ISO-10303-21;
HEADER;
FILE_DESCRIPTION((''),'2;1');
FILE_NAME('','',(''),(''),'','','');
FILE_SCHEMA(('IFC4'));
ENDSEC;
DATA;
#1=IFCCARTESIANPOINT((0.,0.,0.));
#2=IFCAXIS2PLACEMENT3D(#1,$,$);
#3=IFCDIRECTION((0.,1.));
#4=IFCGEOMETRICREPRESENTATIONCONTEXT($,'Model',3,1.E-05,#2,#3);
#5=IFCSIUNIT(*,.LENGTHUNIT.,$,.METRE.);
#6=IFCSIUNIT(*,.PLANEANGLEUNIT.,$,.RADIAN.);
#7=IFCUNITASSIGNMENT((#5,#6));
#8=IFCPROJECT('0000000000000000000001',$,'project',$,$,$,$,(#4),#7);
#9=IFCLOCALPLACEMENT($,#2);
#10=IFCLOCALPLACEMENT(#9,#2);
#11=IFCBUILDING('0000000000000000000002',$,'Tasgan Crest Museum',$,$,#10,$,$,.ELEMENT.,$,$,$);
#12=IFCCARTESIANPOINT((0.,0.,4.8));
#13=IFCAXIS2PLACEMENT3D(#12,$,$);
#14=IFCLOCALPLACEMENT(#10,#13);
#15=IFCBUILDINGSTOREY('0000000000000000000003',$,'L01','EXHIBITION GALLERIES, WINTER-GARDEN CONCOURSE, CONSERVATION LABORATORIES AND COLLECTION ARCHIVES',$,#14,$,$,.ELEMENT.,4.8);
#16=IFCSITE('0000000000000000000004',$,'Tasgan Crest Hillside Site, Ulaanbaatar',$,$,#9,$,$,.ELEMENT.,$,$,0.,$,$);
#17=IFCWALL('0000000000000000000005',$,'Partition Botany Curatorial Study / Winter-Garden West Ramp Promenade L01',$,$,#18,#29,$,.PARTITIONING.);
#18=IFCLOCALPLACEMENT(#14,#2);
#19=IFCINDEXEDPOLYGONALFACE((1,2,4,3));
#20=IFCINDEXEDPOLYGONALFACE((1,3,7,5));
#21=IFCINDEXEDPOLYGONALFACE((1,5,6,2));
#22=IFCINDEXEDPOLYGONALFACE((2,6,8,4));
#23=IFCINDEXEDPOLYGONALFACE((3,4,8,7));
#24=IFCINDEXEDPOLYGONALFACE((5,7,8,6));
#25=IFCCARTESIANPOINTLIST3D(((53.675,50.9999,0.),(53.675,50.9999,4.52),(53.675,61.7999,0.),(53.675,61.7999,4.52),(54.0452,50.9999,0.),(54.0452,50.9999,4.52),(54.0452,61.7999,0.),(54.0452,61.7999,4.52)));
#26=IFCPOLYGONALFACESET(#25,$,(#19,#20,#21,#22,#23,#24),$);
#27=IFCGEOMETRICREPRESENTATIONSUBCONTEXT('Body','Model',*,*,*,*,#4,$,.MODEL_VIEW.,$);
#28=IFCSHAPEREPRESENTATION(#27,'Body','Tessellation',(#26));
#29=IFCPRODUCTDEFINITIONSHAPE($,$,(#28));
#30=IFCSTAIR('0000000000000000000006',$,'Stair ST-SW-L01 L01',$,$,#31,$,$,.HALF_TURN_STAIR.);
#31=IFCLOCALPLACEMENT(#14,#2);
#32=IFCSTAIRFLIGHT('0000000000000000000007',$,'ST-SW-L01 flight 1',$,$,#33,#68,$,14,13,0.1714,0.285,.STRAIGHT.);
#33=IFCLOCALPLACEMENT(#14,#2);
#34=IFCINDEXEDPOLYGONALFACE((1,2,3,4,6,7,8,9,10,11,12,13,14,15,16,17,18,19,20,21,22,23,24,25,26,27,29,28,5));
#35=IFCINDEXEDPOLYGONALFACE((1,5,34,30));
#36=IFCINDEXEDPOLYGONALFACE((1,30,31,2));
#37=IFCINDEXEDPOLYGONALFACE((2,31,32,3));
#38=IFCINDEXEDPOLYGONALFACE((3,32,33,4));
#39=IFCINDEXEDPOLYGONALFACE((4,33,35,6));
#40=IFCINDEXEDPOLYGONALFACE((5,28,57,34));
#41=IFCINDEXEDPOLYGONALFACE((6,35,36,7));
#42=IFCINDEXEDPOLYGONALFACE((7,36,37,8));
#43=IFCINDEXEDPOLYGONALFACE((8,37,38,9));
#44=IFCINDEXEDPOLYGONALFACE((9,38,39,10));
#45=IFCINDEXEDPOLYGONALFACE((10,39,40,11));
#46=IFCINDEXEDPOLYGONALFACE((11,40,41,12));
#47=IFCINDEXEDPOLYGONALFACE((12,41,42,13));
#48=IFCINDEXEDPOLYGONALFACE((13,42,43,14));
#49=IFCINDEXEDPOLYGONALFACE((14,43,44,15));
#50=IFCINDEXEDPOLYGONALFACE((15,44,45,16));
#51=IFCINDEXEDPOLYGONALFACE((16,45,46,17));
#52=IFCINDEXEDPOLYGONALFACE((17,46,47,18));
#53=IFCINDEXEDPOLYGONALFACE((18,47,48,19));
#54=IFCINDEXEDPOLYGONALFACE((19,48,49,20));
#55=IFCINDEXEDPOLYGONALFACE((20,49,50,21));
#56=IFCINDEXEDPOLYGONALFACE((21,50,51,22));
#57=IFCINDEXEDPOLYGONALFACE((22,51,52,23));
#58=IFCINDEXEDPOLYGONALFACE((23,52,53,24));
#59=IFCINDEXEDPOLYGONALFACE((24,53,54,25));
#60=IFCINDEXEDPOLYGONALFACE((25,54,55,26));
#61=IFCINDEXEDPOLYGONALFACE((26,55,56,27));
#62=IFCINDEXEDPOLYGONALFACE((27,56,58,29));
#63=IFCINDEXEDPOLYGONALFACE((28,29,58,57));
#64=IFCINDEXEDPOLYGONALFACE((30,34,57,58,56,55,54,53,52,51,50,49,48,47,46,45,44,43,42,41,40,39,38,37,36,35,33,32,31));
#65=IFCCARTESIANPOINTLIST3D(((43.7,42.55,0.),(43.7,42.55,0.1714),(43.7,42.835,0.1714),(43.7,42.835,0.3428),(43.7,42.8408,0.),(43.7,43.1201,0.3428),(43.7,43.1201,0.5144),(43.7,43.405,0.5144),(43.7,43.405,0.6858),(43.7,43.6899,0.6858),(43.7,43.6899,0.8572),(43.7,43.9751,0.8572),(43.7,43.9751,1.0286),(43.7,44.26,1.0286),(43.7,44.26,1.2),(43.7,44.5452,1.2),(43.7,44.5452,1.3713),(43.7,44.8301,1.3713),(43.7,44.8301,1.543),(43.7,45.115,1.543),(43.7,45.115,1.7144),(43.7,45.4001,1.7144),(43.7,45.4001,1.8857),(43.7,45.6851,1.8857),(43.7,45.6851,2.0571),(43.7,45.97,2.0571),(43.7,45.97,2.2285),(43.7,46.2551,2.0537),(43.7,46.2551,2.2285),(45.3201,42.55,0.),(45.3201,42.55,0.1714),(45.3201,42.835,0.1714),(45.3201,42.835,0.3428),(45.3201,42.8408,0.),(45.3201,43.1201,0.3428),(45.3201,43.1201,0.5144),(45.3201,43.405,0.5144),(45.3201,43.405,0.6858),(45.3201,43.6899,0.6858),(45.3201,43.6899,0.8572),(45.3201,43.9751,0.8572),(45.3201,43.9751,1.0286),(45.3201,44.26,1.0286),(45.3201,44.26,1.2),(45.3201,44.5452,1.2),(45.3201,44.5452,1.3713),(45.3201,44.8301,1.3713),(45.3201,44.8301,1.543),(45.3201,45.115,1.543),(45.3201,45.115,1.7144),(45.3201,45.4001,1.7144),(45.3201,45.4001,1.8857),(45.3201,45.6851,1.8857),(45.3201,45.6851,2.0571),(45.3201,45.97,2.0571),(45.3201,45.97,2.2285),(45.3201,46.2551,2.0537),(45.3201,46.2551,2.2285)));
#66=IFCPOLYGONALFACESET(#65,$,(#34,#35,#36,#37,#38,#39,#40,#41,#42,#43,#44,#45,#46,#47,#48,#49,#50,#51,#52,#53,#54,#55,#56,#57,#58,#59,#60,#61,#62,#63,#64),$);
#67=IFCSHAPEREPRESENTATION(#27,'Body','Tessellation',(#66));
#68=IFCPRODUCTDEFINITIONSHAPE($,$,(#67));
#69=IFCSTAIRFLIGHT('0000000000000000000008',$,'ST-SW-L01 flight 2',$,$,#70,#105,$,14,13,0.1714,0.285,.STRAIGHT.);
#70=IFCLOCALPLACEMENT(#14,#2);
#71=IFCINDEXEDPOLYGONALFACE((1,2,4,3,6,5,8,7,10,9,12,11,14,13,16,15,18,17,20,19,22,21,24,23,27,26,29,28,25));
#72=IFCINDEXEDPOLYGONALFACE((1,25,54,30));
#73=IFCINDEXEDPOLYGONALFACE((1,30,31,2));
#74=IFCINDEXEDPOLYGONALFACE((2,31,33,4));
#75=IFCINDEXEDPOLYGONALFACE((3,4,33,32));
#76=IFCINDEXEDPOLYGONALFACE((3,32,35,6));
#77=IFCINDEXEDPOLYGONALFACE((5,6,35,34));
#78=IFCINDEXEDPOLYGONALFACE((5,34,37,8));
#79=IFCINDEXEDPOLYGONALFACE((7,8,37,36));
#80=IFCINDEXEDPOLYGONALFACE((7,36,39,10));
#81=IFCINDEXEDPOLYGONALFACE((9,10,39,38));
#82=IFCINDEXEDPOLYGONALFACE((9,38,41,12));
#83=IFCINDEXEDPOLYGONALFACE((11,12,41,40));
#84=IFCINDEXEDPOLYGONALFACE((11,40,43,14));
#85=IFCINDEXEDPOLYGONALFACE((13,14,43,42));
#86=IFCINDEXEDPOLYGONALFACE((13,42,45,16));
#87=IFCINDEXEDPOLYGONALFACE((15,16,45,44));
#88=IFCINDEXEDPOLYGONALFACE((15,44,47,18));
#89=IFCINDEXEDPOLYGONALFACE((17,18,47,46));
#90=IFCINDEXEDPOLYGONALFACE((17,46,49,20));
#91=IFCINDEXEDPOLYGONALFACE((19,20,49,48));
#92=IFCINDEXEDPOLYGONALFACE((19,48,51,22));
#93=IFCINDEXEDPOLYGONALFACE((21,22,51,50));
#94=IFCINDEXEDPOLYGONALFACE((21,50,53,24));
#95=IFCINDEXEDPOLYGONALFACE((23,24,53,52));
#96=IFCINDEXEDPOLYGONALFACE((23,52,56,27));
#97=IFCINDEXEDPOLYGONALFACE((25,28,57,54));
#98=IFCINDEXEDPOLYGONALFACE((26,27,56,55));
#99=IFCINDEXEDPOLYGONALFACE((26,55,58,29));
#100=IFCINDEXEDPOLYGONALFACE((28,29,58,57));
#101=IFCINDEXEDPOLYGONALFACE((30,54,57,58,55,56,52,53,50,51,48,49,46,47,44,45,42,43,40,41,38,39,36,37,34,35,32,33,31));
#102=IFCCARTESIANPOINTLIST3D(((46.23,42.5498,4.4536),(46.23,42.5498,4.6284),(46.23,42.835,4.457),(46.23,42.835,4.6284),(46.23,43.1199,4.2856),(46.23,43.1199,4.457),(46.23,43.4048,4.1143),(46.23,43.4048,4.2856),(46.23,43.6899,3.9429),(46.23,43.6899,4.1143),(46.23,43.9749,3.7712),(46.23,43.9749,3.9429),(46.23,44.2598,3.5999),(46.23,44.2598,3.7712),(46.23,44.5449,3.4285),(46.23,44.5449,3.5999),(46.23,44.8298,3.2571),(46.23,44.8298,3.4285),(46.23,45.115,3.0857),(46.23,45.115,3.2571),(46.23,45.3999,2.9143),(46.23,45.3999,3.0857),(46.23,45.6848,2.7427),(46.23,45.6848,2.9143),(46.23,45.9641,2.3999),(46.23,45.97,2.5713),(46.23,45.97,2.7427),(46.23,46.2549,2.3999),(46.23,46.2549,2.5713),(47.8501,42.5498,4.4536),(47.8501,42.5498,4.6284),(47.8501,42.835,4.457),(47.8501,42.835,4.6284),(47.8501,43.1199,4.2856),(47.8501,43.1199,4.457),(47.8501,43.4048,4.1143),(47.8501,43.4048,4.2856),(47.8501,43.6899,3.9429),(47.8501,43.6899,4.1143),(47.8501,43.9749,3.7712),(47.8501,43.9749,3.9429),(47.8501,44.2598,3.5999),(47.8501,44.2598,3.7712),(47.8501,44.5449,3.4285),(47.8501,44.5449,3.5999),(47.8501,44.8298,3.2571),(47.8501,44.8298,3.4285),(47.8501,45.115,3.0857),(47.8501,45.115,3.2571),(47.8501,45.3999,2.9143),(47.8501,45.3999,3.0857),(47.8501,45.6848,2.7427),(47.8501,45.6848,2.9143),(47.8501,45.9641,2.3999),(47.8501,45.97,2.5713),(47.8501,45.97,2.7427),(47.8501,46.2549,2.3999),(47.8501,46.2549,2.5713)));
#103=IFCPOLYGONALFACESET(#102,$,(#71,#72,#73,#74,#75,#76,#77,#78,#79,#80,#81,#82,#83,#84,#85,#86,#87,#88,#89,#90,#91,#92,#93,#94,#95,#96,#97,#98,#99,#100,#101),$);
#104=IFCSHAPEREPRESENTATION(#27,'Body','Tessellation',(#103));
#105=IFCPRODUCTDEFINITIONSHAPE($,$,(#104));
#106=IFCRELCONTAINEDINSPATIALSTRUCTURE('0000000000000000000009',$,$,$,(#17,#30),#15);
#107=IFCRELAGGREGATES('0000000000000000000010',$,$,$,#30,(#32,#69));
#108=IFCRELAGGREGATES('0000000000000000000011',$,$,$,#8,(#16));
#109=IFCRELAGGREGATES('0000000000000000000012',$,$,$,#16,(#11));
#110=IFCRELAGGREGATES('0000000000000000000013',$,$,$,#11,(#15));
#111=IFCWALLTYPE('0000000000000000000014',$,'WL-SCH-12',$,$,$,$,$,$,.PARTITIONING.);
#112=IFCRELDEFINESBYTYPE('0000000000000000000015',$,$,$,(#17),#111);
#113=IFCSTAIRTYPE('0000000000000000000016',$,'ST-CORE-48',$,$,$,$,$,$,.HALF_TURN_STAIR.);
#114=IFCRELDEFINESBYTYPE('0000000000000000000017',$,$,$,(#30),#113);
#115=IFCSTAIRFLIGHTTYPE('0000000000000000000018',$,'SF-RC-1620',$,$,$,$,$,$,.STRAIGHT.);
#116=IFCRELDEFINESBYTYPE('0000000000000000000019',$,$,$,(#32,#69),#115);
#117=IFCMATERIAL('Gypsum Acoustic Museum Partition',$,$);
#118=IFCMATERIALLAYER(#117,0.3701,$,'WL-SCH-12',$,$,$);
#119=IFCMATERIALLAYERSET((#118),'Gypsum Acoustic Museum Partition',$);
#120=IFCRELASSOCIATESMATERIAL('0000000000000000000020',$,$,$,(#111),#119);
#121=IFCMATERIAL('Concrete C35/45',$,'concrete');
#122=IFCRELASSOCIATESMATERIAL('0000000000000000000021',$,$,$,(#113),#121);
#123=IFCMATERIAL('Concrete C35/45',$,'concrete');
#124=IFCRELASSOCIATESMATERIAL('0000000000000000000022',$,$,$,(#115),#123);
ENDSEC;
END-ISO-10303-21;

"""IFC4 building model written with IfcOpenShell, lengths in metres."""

from ifc_helpers import new_model, si_unit, direction, frame, frame_2d, origin, place, context, subcontext, project, spatial, polyline, rectangle, outline, extrude, material, layer, layer_set, type_object, element, aggregate, save


model = new_model("IFC4")

# Units and contexts
model_context = context("Model", 3, precision=1e-05, world=origin(), true_north=direction((0.0, 1.0)))
body_context = subcontext(model_context, "Body", "Model", "MODEL_VIEW")
ifc_project = project(units=[si_unit("LENGTHUNIT", "METRE"), si_unit("PLANEANGLEUNIT", "RADIAN")], contexts=[model_context])

# Site, building, storey
site_placement = place(None, origin())
site = spatial("IfcSite", under=ifc_project, at=site_placement, Name="Tasgan Crest Hillside Site, Ulaanbaatar", CompositionType="ELEMENT", RefElevation=0.0)
building_placement = place(site_placement, origin())
building = spatial("IfcBuilding", under=site, at=building_placement, Name="Tasgan Crest Museum", CompositionType="ELEMENT")
storey_placement = place(building_placement, frame((0.0, 0.0, 4.8)))
storey = spatial("IfcBuildingStorey", under=building, at=storey_placement, Name="L01", Description="EXHIBITION GALLERIES, WINTER-GARDEN CONCOURSE, CONSERVATION LABORATORIES AND COLLECTION ARCHIVES", CompositionType="ELEMENT", Elevation=4.8)

# Wall
ifc_material_1 = material(Name="Gypsum Acoustic Museum Partition")
ifc_layer_1 = layer(ifc_material_1, 0.3701, Name="WL-SCH-12")
ifc_layer_set_1 = layer_set([ifc_layer_1], Name="Gypsum Acoustic Museum Partition")
wall_type_1 = type_object("IfcWallType", Name="WL-SCH-12", PredefinedType="PARTITIONING", material=ifc_layer_set_1)
wall_1_placement = place(storey_placement, frame((53.8601, 51.0, 0.0), z_axis=(0.0, 0.0, 1.0), x_axis=(0.0, 1.0, 0.0)))
element("IfcWall", 1, at=wall_1_placement, inside=storey, type_object=wall_type_1, Name="Partition Botany Curatorial Study / Winter-Garden West Ramp Promenade L01", PredefinedType="PARTITIONING", context=body_context, shape_type="SweptSolid", body=[
    extrude(rectangle(XDim=10.8, YDim=0.3701, at=frame_2d((5.3999, 0.0))), origin(), (0.0, 0.0, 1.0), 4.52),
])

# Stair, stair flights
ifc_material_2 = material(Name="Concrete C35/45", Category="concrete")
stair_type = type_object("IfcStairType", Name="ST-CORE-48", PredefinedType="HALF_TURN_STAIR", material=ifc_material_2)
stair_placement = place(storey_placement, origin())
stair = element("IfcStair", 2, at=stair_placement, inside=storey, type_object=stair_type, Name="Stair ST-SW-L01 L01", PredefinedType="HALF_TURN_STAIR")
ifc_material_3 = material(Name="Concrete C35/45", Category="concrete")
stair_flight_type = type_object("IfcStairFlightType", Name="SF-RC-1620", PredefinedType="STRAIGHT", material=ifc_material_3)
stair_flight_1_placement = place(storey_placement, frame((44.51, 42.55, 0.0), z_axis=(0.0, 0.0, 1.0), x_axis=(0.0, 1.0, 0.0)))
stair_flight_1 = element("IfcStairFlight", 3, at=stair_flight_1_placement, type_object=stair_flight_type, Name="ST-SW-L01 flight 1", NumberOfRisers=14, NumberOfTreads=13, PredefinedType="STRAIGHT", RiserHeight=0.1714, TreadLength=0.285, context=body_context, shape_type="SweptSolid", body=[
    extrude(outline(polyline([(0.0, 0.0), (0.0, 0.1714), (0.2849, 0.1714), (0.2849, 0.3428), (0.5701, 0.3428), (0.5701, 0.5144), (0.855, 0.5144), (0.855, 0.6858), (1.1399, 0.6858), (1.1399, 0.8572), (1.425, 0.8572), (1.425, 1.0286), (1.71, 1.0286), (1.71, 1.2), (1.9951, 1.2), (1.9951, 1.3713), (2.28, 1.3713), (2.28, 1.543), (2.5649, 1.543), (2.5649, 1.7144), (2.8501, 1.7144), (2.8501, 1.8857), (3.135, 1.8857), (3.135, 2.0571), (3.4199, 2.0571), (3.4199, 2.2285), (3.7051, 2.2285), (3.7051, 2.3999), (3.7051, 2.0537), (0.2908, 0.0), (0.0, 0.0)])), frame((0.0, 0.8101, 0.0), z_axis=(0.0, -1.0, 0.0), x_axis=(1.0, 0.0, 0.0)), (0.0, 0.0, 1.0), 1.6201),
])
stair_flight_2_placement = place(storey_placement, frame((47.04, 46.2549, 2.3999), z_axis=(0.0, 0.0, 1.0), x_axis=(0.0, -1.0, 0.0)))
stair_flight_2 = element("IfcStairFlight", 4, at=stair_flight_2_placement, type_object=stair_flight_type, Name="ST-SW-L01 flight 2", NumberOfRisers=14, NumberOfTreads=13, PredefinedType="STRAIGHT", RiserHeight=0.1714, TreadLength=0.285, context=body_context, shape_type="SweptSolid", body=[
    extrude(outline(polyline([(0.0, 0.0), (0.0, 0.1714), (0.2849, 0.1714), (0.2849, 0.3428), (0.5701, 0.3428), (0.5701, 0.5144), (0.855, 0.5144), (0.855, 0.6858), (1.1399, 0.6858), (1.1399, 0.8572), (1.425, 0.8572), (1.425, 1.0286), (1.71, 1.0286), (1.71, 1.2), (1.9951, 1.2), (1.9951, 1.3713), (2.28, 1.3713), (2.28, 1.543), (2.5649, 1.543), (2.5649, 1.7144), (2.8501, 1.7144), (2.8501, 1.8857), (3.135, 1.8857), (3.135, 2.0571), (3.4199, 2.0571), (3.4199, 2.2285), (3.7051, 2.2285), (3.7051, 2.3999), (3.7051, 2.0537), (0.2908, 0.0), (0.0, 0.0)])), frame((0.0, 0.8101, 0.0), z_axis=(0.0, -1.0, 0.0), x_axis=(1.0, 0.0, 0.0)), (0.0, 0.0, 1.0), 1.6201),
])
aggregate(stair, [stair_flight_1, stair_flight_2])

save(model, "model.ifc")
